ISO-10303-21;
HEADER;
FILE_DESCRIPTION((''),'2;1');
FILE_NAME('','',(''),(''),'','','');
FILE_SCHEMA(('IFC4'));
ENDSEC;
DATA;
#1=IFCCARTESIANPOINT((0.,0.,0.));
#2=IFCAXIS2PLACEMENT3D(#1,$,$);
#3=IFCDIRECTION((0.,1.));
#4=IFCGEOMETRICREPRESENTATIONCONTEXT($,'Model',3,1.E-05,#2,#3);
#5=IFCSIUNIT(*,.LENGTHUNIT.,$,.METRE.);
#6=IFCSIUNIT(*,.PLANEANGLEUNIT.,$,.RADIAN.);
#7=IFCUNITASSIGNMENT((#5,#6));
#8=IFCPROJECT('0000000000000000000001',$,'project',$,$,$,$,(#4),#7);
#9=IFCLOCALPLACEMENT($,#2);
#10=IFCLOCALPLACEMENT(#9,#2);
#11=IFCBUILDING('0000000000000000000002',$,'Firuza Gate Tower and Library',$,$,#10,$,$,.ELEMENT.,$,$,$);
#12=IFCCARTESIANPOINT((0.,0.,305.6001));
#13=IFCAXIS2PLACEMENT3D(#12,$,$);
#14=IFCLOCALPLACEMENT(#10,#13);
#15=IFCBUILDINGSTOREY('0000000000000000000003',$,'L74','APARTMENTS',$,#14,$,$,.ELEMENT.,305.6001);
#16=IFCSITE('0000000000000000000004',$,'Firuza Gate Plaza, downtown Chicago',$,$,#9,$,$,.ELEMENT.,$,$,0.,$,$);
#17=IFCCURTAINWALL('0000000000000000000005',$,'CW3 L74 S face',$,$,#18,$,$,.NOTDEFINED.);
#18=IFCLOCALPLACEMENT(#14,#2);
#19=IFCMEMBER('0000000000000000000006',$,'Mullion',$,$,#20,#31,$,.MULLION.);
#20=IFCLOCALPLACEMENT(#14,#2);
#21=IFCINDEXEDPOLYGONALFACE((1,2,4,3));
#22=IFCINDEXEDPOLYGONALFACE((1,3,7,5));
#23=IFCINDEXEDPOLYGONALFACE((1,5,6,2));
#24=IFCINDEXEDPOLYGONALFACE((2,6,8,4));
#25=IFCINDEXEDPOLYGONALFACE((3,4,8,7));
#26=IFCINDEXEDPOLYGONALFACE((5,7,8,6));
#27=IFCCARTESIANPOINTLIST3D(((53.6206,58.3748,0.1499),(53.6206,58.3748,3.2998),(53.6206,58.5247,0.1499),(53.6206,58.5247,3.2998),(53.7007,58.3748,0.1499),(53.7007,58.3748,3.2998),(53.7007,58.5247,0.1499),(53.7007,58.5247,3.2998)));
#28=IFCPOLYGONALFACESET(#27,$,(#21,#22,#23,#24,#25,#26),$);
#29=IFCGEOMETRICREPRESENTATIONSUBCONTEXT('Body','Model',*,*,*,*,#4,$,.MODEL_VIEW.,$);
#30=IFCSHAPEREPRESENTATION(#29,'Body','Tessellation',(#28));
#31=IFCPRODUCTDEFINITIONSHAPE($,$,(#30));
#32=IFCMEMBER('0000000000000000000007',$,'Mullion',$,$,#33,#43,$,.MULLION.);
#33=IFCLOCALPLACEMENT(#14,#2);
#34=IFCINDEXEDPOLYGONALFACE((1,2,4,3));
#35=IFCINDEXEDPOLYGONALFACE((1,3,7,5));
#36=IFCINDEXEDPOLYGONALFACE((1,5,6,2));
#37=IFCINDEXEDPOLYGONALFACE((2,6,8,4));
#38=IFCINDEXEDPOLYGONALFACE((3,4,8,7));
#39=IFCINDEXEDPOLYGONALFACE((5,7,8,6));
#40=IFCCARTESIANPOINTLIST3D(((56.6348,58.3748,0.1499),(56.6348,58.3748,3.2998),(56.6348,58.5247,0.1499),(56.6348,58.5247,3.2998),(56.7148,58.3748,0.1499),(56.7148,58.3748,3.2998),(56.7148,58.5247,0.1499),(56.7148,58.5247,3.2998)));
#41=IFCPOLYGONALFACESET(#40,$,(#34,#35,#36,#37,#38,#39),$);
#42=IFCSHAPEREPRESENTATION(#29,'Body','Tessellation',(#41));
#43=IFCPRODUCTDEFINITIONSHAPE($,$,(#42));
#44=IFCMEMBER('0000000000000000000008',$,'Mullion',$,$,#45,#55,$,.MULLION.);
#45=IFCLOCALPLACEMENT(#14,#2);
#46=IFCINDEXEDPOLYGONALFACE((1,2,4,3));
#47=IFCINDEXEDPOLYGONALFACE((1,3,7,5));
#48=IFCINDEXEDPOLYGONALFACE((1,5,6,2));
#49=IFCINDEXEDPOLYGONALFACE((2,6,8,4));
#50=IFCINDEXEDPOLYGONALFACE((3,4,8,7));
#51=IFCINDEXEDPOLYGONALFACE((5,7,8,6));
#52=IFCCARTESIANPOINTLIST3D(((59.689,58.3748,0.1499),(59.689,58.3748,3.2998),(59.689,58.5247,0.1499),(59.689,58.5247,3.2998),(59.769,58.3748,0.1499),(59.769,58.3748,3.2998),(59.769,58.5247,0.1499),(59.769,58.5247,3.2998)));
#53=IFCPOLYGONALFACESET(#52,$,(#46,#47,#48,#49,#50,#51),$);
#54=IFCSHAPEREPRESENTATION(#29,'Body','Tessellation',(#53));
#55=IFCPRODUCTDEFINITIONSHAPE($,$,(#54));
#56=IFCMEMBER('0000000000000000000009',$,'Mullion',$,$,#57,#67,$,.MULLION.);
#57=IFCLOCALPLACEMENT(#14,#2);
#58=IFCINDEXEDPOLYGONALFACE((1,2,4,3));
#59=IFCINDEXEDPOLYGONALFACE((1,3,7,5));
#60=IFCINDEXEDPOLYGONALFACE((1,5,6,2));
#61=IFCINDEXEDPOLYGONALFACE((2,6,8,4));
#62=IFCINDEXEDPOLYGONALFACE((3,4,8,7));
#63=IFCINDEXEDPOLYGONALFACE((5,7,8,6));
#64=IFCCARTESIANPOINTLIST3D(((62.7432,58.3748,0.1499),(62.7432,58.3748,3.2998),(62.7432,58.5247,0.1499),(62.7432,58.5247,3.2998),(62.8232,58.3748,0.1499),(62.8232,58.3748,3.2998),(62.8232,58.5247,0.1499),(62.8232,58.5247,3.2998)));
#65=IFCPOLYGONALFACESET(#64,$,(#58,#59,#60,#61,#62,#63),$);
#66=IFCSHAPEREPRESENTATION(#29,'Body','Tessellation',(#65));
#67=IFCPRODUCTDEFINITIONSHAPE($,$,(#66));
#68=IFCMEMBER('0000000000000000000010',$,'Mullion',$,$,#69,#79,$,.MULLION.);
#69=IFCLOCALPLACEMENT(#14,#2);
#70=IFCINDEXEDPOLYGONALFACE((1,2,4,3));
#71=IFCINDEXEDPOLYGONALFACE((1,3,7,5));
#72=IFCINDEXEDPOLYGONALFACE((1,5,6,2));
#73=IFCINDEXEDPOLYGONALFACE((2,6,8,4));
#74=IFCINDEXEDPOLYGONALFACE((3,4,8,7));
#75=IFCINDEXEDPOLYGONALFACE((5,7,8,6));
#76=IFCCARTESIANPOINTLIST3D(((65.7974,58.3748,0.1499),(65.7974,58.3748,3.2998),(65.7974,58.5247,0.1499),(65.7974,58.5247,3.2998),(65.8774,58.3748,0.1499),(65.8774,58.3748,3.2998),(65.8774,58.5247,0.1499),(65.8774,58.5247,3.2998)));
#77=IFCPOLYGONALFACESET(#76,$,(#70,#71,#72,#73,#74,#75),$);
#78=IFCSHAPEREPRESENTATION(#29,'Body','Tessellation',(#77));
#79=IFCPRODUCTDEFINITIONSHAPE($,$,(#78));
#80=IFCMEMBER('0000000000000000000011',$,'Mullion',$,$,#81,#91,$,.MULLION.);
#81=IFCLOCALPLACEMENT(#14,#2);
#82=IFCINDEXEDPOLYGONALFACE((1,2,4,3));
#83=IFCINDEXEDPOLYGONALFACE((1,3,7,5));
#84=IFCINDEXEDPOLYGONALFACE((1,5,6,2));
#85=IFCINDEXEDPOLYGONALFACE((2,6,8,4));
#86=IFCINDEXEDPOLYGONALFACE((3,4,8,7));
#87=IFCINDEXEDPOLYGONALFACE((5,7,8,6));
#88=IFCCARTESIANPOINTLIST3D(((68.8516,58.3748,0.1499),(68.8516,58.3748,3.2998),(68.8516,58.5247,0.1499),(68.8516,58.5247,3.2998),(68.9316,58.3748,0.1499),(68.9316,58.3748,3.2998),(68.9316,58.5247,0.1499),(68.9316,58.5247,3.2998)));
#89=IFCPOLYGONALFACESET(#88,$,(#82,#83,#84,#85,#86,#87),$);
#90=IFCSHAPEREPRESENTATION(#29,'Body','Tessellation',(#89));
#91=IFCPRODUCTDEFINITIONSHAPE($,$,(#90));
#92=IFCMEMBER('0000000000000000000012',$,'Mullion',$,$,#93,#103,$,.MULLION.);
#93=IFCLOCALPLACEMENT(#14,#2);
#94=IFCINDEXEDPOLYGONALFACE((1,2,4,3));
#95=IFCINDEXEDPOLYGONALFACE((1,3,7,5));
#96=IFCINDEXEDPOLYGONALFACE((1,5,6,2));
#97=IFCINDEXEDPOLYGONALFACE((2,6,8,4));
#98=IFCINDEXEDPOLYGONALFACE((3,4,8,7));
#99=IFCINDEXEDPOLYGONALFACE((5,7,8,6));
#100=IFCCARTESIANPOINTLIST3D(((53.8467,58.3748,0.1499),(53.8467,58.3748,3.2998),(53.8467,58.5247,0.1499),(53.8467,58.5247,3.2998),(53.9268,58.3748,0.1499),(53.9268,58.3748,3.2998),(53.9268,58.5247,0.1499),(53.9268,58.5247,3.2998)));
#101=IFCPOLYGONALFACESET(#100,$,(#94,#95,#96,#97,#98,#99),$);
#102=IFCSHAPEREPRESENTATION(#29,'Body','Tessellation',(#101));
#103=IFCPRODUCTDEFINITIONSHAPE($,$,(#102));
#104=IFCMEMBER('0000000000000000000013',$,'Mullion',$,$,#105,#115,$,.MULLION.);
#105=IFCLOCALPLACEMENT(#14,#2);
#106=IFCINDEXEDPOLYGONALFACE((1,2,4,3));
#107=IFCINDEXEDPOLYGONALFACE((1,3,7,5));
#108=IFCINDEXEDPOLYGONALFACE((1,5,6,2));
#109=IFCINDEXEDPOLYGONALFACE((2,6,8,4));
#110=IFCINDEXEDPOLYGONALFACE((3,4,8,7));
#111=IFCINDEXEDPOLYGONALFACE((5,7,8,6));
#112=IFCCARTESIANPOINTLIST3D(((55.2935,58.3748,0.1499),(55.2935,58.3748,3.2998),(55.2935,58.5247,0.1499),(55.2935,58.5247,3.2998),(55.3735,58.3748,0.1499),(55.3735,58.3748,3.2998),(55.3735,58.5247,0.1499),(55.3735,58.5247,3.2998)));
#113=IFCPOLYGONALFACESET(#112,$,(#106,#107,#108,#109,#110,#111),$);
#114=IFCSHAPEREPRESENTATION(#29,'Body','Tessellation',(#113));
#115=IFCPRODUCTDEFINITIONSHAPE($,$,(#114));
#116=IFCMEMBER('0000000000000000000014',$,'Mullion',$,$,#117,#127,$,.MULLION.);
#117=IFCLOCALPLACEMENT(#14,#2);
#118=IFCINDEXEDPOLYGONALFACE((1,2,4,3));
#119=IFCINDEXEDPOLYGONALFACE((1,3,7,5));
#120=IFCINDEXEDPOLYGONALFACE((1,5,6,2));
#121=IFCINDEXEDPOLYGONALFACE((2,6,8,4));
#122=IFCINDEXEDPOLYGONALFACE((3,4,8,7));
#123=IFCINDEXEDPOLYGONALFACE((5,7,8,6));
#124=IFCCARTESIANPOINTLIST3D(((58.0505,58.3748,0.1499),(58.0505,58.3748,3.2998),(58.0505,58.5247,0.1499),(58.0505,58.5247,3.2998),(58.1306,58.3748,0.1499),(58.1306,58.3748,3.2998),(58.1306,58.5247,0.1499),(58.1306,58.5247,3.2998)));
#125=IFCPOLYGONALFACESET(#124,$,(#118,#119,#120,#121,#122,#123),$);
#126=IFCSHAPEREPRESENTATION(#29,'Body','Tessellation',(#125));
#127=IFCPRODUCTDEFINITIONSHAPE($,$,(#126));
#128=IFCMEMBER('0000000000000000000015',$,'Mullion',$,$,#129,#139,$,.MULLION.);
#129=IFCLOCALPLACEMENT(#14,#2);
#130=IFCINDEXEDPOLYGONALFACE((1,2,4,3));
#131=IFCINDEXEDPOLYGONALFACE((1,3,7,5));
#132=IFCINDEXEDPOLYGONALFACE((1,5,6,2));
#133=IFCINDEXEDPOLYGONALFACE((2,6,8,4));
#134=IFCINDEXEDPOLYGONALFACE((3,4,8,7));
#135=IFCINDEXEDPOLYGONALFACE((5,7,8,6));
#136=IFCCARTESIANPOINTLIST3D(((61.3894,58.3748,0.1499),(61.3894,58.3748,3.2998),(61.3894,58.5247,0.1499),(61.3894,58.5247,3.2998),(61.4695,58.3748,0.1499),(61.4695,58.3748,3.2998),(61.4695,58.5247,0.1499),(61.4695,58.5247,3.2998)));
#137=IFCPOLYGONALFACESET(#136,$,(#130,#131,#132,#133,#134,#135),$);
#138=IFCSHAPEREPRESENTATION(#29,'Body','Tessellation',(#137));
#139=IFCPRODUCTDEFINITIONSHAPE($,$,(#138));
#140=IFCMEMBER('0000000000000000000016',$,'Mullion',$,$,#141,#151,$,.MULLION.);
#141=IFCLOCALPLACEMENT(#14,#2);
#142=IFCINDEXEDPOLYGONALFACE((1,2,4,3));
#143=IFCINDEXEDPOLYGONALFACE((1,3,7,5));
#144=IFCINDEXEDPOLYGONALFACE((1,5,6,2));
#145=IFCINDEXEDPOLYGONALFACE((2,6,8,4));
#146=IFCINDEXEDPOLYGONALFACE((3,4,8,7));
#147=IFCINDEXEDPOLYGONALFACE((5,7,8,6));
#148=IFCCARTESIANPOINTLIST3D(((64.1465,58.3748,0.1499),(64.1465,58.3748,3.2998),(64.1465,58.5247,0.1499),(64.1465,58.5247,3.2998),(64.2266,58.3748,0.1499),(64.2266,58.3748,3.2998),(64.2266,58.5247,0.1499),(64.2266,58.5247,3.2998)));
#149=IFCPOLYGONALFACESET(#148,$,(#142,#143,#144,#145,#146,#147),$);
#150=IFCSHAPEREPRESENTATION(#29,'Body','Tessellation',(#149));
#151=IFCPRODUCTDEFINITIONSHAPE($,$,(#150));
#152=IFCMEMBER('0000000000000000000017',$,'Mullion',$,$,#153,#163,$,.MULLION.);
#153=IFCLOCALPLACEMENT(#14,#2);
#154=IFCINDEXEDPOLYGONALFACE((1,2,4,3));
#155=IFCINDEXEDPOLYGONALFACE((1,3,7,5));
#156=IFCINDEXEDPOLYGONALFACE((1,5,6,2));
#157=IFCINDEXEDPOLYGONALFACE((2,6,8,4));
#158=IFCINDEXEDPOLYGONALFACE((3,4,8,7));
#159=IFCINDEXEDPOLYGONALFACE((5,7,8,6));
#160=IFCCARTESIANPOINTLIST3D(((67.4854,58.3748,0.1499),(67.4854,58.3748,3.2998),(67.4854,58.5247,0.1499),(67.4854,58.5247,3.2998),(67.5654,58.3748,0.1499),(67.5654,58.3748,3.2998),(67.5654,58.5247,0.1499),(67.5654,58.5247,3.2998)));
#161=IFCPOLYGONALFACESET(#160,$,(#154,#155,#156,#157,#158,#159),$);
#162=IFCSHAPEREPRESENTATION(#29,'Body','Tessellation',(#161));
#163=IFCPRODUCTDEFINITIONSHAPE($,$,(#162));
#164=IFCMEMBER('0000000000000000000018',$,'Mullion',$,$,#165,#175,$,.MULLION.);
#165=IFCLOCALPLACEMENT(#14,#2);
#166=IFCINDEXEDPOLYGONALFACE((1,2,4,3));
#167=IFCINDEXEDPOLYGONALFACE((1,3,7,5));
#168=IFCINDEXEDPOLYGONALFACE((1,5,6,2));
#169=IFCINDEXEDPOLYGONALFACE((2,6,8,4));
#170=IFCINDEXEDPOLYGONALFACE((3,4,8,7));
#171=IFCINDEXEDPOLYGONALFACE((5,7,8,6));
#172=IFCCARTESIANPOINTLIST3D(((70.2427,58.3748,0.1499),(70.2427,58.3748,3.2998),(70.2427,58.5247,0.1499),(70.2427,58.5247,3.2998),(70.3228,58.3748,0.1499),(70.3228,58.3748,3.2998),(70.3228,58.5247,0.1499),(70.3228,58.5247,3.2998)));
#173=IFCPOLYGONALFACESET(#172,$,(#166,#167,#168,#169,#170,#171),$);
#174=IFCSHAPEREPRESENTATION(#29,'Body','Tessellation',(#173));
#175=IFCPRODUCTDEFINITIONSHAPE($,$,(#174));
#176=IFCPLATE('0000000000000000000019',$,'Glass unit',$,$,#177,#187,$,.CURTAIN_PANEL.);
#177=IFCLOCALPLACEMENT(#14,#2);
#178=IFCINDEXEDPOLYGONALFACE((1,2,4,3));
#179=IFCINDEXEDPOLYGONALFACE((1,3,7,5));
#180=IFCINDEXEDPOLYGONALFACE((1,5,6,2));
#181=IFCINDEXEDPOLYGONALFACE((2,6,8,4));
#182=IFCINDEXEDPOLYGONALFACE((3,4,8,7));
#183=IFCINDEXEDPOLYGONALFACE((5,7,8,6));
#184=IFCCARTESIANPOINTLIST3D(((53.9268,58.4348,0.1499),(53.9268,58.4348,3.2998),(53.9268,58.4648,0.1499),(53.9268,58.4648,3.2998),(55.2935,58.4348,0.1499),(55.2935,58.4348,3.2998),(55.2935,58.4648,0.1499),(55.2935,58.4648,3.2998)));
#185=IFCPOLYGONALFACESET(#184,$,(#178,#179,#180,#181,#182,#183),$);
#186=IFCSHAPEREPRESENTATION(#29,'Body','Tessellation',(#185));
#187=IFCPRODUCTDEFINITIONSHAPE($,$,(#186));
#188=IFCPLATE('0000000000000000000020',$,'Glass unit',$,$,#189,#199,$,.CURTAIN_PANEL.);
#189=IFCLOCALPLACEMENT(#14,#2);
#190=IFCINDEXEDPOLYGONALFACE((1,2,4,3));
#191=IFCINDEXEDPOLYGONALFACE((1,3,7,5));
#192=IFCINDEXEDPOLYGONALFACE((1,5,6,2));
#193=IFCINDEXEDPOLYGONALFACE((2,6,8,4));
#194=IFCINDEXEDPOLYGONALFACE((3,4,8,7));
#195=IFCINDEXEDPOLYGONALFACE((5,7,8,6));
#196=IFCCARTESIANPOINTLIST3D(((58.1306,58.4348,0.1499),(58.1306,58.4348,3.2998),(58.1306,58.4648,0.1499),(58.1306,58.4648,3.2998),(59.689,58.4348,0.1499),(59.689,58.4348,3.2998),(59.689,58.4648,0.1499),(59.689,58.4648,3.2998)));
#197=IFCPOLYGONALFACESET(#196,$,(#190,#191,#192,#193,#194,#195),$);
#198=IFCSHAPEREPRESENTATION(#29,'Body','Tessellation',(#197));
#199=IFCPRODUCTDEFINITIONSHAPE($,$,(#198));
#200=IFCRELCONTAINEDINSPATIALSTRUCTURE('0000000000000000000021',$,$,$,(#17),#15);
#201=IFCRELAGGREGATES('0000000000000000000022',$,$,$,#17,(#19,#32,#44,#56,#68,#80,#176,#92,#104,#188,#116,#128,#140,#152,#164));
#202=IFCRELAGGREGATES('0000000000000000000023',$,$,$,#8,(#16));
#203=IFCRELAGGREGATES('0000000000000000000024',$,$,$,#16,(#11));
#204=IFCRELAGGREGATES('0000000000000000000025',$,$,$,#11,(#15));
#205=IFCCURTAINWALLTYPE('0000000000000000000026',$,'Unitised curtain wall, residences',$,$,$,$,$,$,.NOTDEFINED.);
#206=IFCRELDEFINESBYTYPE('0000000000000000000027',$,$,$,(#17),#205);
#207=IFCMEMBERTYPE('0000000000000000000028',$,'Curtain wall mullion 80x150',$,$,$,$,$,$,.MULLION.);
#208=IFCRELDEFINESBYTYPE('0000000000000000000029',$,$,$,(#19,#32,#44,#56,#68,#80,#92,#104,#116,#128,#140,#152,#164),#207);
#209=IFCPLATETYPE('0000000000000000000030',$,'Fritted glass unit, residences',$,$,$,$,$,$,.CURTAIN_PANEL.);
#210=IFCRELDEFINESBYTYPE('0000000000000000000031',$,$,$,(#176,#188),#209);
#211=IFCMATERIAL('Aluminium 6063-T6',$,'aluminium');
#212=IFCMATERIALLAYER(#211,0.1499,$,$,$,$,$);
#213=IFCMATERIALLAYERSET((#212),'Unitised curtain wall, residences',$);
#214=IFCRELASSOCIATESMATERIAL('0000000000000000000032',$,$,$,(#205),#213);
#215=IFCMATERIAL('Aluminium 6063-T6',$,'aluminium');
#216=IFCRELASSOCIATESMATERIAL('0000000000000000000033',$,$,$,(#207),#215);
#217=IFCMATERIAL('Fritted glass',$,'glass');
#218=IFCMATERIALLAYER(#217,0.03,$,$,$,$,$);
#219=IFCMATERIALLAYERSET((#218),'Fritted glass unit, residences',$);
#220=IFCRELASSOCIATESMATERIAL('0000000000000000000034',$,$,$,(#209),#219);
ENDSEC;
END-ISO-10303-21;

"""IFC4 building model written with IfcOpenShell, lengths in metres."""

from ifc_helpers import new_model, si_unit, direction, frame, origin, origin_2d, place, context, subcontext, project, spatial, polyline, rectangle, outline, extrude, material, layer, layer_set, material_profile, profile_set, type_object, element, aggregate, save


model = new_model("IFC4")

# Units and contexts
model_context = context("Model", 3, precision=1e-05, world=origin(), true_north=direction((0.0, 1.0)))
body_context = subcontext(model_context, "Body", "Model", "MODEL_VIEW")
ifc_project = project(units=[si_unit("LENGTHUNIT", "METRE"), si_unit("PLANEANGLEUNIT", "RADIAN")], contexts=[model_context])

# Site, building, storey
site_placement = place(None, origin())
site = spatial("IfcSite", under=ifc_project, at=site_placement, Name="Firuza Gate Plaza, downtown Chicago", CompositionType="ELEMENT", RefElevation=0.0)
building_placement = place(site_placement, origin())
building = spatial("IfcBuilding", under=site, at=building_placement, Name="Firuza Gate Tower and Library", CompositionType="ELEMENT")
storey_placement = place(building_placement, frame((0.0, 0.0, 305.6001)))
storey = spatial("IfcBuildingStorey", under=building, at=storey_placement, Name="L74", Description="APARTMENTS", CompositionType="ELEMENT", Elevation=305.6001)

# Curtain wall, members, plates
ifc_material_1 = material(Name="Aluminium 6063-T6", Category="aluminium")
ifc_layer_1 = layer(ifc_material_1, 0.1499)
ifc_layer_set_1 = layer_set([ifc_layer_1], Name="Unitised curtain wall, residences")
curtain_wall_type = type_object("IfcCurtainWallType", Name="Unitised curtain wall, residences", PredefinedType="NOTDEFINED", material=ifc_layer_set_1)
curtain_wall_placement = place(storey_placement, origin())
curtain_wall = element("IfcCurtainWall", 1, at=curtain_wall_placement, inside=storey, type_object=curtain_wall_type, Name="CW3 L74 S face", PredefinedType="NOTDEFINED")
ifc_material_2 = material(Name="Aluminium 6063-T6", Category="aluminium")
ifc_material_profile = material_profile(ifc_material_2, rectangle(XDim=0.1499, YDim=0.0801, at=origin_2d()))
ifc_profile_set = profile_set([ifc_material_profile], Name="Aluminium 6063-T6")
member_type = type_object("IfcMemberType", Name="Curtain wall mullion 80x150", PredefinedType="MULLION", material=ifc_profile_set)
member_1_placement = place(storey_placement, frame((53.6606, 58.4497, 0.1499), z_axis=(0.0, 0.0, 1.0), x_axis=(0.0, 1.0, 0.0)))
member_1 = element("IfcMember", 2, at=member_1_placement, type_object=member_type, Name="Mullion", PredefinedType="MULLION", context=body_context, shape_type="SweptSolid", body=[
    extrude(rectangle(XDim=0.1499, YDim=0.0801, at=origin_2d()), origin(), (0.0, 0.0, 1.0), 3.1499),
])
member_2_placement = place(storey_placement, frame((56.6748, 58.4497, 0.1499), z_axis=(0.0, 0.0, 1.0), x_axis=(0.0, 1.0, 0.0)))
member_2 = element("IfcMember", 3, at=member_2_placement, type_object=member_type, Name="Mullion", PredefinedType="MULLION", context=body_context, shape_type="SweptSolid", body=[
    extrude(rectangle(XDim=0.1499, YDim=0.0801, at=origin_2d()), origin(), (0.0, 0.0, 1.0), 3.1499),
])
member_3_placement = place(storey_placement, frame((59.729, 58.4497, 0.1499), z_axis=(0.0, 0.0, 1.0), x_axis=(0.0, 1.0, 0.0)))
member_3 = element("IfcMember", 4, at=member_3_placement, type_object=member_type, Name="Mullion", PredefinedType="MULLION", context=body_context, shape_type="SweptSolid", body=[
    extrude(rectangle(XDim=0.1499, YDim=0.0801, at=origin_2d()), origin(), (0.0, 0.0, 1.0), 3.1499),
])
member_4_placement = place(storey_placement, frame((62.7832, 58.4497, 0.1499), z_axis=(0.0, 0.0, 1.0), x_axis=(0.0, 1.0, 0.0)))
member_4 = element("IfcMember", 5, at=member_4_placement, type_object=member_type, Name="Mullion", PredefinedType="MULLION", context=body_context, shape_type="SweptSolid", body=[
    extrude(rectangle(XDim=0.1499, YDim=0.0801, at=origin_2d()), origin(), (0.0, 0.0, 1.0), 3.1499),
])
member_5_placement = place(storey_placement, frame((65.8374, 58.4497, 0.1499), z_axis=(0.0, 0.0, 1.0), x_axis=(0.0, 1.0, 0.0)))
member_5 = element("IfcMember", 6, at=member_5_placement, type_object=member_type, Name="Mullion", PredefinedType="MULLION", context=body_context, shape_type="SweptSolid", body=[
    extrude(rectangle(XDim=0.1499, YDim=0.0801, at=origin_2d()), origin(), (0.0, 0.0, 1.0), 3.1499),
])
member_6_placement = place(storey_placement, frame((68.8916, 58.4497, 0.1499), z_axis=(0.0, 0.0, 1.0), x_axis=(0.0, 1.0, 0.0)))
member_6 = element("IfcMember", 7, at=member_6_placement, type_object=member_type, Name="Mullion", PredefinedType="MULLION", context=body_context, shape_type="SweptSolid", body=[
    extrude(rectangle(XDim=0.1499, YDim=0.0801, at=origin_2d()), origin(), (0.0, 0.0, 1.0), 3.1499),
])
member_7_placement = place(storey_placement, frame((53.8867, 58.4497, 0.1499), z_axis=(0.0, 0.0, 1.0), x_axis=(0.0, 1.0, 0.0)))
member_7 = element("IfcMember", 8, at=member_7_placement, type_object=member_type, Name="Mullion", PredefinedType="MULLION", context=body_context, shape_type="SweptSolid", body=[
    extrude(rectangle(XDim=0.1499, YDim=0.0801, at=origin_2d()), origin(), (0.0, 0.0, 1.0), 3.1499),
])
member_8_placement = place(storey_placement, frame((55.3335, 58.4497, 0.1499), z_axis=(0.0, 0.0, 1.0), x_axis=(0.0, 1.0, 0.0)))
member_8 = element("IfcMember", 9, at=member_8_placement, type_object=member_type, Name="Mullion", PredefinedType="MULLION", context=body_context, shape_type="SweptSolid", body=[
    extrude(rectangle(XDim=0.1499, YDim=0.0801, at=origin_2d()), origin(), (0.0, 0.0, 1.0), 3.1499),
])
member_9_placement = place(storey_placement, frame((58.0906, 58.4497, 0.1499), z_axis=(0.0, 0.0, 1.0), x_axis=(0.0, 1.0, 0.0)))
member_9 = element("IfcMember", 10, at=member_9_placement, type_object=member_type, Name="Mullion", PredefinedType="MULLION", context=body_context, shape_type="SweptSolid", body=[
    extrude(rectangle(XDim=0.1499, YDim=0.0801, at=origin_2d()), origin(), (0.0, 0.0, 1.0), 3.1499),
])
member_10_placement = place(storey_placement, frame((61.4294, 58.4497, 0.1499), z_axis=(0.0, 0.0, 1.0), x_axis=(0.0, 1.0, 0.0)))
member_10 = element("IfcMember", 11, at=member_10_placement, type_object=member_type, Name="Mullion", PredefinedType="MULLION", context=body_context, shape_type="SweptSolid", body=[
    extrude(rectangle(XDim=0.1499, YDim=0.0801, at=origin_2d()), origin(), (0.0, 0.0, 1.0), 3.1499),
])
member_11_placement = place(storey_placement, frame((64.1865, 58.4497, 0.1499), z_axis=(0.0, 0.0, 1.0), x_axis=(0.0, 1.0, 0.0)))
member_11 = element("IfcMember", 12, at=member_11_placement, type_object=member_type, Name="Mullion", PredefinedType="MULLION", context=body_context, shape_type="SweptSolid", body=[
    extrude(rectangle(XDim=0.1499, YDim=0.0801, at=origin_2d()), origin(), (0.0, 0.0, 1.0), 3.1499),
])
member_12_placement = place(storey_placement, frame((67.5254, 58.4497, 0.1499), z_axis=(0.0, 0.0, 1.0), x_axis=(0.0, 1.0, 0.0)))
member_12 = element("IfcMember", 13, at=member_12_placement, type_object=member_type, Name="Mullion", PredefinedType="MULLION", context=body_context, shape_type="SweptSolid", body=[
    extrude(rectangle(XDim=0.1499, YDim=0.0801, at=origin_2d()), origin(), (0.0, 0.0, 1.0), 3.1499),
])
member_13_placement = place(storey_placement, frame((70.2827, 58.4497, 0.1499), z_axis=(0.0, 0.0, 1.0), x_axis=(0.0, 1.0, 0.0)))
member_13 = element("IfcMember", 14, at=member_13_placement, type_object=member_type, Name="Mullion", PredefinedType="MULLION", context=body_context, shape_type="SweptSolid", body=[
    extrude(rectangle(XDim=0.1499, YDim=0.0801, at=origin_2d()), origin(), (0.0, 0.0, 1.0), 3.1499),
])
ifc_material_3 = material(Name="Fritted glass", Category="glass")
ifc_layer_2 = layer(ifc_material_3, 0.03)
ifc_layer_set_2 = layer_set([ifc_layer_2], Name="Fritted glass unit, residences")
plate_type_1 = type_object("IfcPlateType", Name="Fritted glass unit, residences", PredefinedType="CURTAIN_PANEL", material=ifc_layer_set_2)
plate_1_placement = place(storey_placement, frame((53.9268, 58.4348, 0.1499), z_axis=(0.0, -1.0, 0.0), x_axis=(1.0, 0.0, 0.0)))
plate_1 = element("IfcPlate", 15, at=plate_1_placement, type_object=plate_type_1, Name="Glass unit", PredefinedType="CURTAIN_PANEL", context=body_context, shape_type="SweptSolid", body=[
    extrude(outline(polyline([(0.0, 0.0), (1.3667, 0.0), (1.3667, 3.1499), (0.0, 3.1499), (0.0, 0.0)])), origin(), (0.0, 0.0, -1.0), 0.03),
])
plate_2_placement = place(storey_placement, frame((58.1306, 58.4348, 0.1499), z_axis=(0.0, -1.0, 0.0), x_axis=(1.0, 0.0, 0.0)))
plate_2 = element("IfcPlate", 16, at=plate_2_placement, type_object=plate_type_1, Name="Glass unit", PredefinedType="CURTAIN_PANEL", context=body_context, shape_type="SweptSolid", body=[
    extrude(outline(polyline([(0.0, 0.0), (1.5583, 0.0), (1.5583, 3.1499), (0.0, 3.1499), (0.0, 0.0)])), origin(), (0.0, 0.0, -1.0), 0.03),
])
aggregate(curtain_wall, [member_1, member_2, member_3, member_4, member_5, member_6, plate_1, member_7, member_8, plate_2, member_9, member_10, member_11, member_12, member_13])

save(model, "model.ifc")
